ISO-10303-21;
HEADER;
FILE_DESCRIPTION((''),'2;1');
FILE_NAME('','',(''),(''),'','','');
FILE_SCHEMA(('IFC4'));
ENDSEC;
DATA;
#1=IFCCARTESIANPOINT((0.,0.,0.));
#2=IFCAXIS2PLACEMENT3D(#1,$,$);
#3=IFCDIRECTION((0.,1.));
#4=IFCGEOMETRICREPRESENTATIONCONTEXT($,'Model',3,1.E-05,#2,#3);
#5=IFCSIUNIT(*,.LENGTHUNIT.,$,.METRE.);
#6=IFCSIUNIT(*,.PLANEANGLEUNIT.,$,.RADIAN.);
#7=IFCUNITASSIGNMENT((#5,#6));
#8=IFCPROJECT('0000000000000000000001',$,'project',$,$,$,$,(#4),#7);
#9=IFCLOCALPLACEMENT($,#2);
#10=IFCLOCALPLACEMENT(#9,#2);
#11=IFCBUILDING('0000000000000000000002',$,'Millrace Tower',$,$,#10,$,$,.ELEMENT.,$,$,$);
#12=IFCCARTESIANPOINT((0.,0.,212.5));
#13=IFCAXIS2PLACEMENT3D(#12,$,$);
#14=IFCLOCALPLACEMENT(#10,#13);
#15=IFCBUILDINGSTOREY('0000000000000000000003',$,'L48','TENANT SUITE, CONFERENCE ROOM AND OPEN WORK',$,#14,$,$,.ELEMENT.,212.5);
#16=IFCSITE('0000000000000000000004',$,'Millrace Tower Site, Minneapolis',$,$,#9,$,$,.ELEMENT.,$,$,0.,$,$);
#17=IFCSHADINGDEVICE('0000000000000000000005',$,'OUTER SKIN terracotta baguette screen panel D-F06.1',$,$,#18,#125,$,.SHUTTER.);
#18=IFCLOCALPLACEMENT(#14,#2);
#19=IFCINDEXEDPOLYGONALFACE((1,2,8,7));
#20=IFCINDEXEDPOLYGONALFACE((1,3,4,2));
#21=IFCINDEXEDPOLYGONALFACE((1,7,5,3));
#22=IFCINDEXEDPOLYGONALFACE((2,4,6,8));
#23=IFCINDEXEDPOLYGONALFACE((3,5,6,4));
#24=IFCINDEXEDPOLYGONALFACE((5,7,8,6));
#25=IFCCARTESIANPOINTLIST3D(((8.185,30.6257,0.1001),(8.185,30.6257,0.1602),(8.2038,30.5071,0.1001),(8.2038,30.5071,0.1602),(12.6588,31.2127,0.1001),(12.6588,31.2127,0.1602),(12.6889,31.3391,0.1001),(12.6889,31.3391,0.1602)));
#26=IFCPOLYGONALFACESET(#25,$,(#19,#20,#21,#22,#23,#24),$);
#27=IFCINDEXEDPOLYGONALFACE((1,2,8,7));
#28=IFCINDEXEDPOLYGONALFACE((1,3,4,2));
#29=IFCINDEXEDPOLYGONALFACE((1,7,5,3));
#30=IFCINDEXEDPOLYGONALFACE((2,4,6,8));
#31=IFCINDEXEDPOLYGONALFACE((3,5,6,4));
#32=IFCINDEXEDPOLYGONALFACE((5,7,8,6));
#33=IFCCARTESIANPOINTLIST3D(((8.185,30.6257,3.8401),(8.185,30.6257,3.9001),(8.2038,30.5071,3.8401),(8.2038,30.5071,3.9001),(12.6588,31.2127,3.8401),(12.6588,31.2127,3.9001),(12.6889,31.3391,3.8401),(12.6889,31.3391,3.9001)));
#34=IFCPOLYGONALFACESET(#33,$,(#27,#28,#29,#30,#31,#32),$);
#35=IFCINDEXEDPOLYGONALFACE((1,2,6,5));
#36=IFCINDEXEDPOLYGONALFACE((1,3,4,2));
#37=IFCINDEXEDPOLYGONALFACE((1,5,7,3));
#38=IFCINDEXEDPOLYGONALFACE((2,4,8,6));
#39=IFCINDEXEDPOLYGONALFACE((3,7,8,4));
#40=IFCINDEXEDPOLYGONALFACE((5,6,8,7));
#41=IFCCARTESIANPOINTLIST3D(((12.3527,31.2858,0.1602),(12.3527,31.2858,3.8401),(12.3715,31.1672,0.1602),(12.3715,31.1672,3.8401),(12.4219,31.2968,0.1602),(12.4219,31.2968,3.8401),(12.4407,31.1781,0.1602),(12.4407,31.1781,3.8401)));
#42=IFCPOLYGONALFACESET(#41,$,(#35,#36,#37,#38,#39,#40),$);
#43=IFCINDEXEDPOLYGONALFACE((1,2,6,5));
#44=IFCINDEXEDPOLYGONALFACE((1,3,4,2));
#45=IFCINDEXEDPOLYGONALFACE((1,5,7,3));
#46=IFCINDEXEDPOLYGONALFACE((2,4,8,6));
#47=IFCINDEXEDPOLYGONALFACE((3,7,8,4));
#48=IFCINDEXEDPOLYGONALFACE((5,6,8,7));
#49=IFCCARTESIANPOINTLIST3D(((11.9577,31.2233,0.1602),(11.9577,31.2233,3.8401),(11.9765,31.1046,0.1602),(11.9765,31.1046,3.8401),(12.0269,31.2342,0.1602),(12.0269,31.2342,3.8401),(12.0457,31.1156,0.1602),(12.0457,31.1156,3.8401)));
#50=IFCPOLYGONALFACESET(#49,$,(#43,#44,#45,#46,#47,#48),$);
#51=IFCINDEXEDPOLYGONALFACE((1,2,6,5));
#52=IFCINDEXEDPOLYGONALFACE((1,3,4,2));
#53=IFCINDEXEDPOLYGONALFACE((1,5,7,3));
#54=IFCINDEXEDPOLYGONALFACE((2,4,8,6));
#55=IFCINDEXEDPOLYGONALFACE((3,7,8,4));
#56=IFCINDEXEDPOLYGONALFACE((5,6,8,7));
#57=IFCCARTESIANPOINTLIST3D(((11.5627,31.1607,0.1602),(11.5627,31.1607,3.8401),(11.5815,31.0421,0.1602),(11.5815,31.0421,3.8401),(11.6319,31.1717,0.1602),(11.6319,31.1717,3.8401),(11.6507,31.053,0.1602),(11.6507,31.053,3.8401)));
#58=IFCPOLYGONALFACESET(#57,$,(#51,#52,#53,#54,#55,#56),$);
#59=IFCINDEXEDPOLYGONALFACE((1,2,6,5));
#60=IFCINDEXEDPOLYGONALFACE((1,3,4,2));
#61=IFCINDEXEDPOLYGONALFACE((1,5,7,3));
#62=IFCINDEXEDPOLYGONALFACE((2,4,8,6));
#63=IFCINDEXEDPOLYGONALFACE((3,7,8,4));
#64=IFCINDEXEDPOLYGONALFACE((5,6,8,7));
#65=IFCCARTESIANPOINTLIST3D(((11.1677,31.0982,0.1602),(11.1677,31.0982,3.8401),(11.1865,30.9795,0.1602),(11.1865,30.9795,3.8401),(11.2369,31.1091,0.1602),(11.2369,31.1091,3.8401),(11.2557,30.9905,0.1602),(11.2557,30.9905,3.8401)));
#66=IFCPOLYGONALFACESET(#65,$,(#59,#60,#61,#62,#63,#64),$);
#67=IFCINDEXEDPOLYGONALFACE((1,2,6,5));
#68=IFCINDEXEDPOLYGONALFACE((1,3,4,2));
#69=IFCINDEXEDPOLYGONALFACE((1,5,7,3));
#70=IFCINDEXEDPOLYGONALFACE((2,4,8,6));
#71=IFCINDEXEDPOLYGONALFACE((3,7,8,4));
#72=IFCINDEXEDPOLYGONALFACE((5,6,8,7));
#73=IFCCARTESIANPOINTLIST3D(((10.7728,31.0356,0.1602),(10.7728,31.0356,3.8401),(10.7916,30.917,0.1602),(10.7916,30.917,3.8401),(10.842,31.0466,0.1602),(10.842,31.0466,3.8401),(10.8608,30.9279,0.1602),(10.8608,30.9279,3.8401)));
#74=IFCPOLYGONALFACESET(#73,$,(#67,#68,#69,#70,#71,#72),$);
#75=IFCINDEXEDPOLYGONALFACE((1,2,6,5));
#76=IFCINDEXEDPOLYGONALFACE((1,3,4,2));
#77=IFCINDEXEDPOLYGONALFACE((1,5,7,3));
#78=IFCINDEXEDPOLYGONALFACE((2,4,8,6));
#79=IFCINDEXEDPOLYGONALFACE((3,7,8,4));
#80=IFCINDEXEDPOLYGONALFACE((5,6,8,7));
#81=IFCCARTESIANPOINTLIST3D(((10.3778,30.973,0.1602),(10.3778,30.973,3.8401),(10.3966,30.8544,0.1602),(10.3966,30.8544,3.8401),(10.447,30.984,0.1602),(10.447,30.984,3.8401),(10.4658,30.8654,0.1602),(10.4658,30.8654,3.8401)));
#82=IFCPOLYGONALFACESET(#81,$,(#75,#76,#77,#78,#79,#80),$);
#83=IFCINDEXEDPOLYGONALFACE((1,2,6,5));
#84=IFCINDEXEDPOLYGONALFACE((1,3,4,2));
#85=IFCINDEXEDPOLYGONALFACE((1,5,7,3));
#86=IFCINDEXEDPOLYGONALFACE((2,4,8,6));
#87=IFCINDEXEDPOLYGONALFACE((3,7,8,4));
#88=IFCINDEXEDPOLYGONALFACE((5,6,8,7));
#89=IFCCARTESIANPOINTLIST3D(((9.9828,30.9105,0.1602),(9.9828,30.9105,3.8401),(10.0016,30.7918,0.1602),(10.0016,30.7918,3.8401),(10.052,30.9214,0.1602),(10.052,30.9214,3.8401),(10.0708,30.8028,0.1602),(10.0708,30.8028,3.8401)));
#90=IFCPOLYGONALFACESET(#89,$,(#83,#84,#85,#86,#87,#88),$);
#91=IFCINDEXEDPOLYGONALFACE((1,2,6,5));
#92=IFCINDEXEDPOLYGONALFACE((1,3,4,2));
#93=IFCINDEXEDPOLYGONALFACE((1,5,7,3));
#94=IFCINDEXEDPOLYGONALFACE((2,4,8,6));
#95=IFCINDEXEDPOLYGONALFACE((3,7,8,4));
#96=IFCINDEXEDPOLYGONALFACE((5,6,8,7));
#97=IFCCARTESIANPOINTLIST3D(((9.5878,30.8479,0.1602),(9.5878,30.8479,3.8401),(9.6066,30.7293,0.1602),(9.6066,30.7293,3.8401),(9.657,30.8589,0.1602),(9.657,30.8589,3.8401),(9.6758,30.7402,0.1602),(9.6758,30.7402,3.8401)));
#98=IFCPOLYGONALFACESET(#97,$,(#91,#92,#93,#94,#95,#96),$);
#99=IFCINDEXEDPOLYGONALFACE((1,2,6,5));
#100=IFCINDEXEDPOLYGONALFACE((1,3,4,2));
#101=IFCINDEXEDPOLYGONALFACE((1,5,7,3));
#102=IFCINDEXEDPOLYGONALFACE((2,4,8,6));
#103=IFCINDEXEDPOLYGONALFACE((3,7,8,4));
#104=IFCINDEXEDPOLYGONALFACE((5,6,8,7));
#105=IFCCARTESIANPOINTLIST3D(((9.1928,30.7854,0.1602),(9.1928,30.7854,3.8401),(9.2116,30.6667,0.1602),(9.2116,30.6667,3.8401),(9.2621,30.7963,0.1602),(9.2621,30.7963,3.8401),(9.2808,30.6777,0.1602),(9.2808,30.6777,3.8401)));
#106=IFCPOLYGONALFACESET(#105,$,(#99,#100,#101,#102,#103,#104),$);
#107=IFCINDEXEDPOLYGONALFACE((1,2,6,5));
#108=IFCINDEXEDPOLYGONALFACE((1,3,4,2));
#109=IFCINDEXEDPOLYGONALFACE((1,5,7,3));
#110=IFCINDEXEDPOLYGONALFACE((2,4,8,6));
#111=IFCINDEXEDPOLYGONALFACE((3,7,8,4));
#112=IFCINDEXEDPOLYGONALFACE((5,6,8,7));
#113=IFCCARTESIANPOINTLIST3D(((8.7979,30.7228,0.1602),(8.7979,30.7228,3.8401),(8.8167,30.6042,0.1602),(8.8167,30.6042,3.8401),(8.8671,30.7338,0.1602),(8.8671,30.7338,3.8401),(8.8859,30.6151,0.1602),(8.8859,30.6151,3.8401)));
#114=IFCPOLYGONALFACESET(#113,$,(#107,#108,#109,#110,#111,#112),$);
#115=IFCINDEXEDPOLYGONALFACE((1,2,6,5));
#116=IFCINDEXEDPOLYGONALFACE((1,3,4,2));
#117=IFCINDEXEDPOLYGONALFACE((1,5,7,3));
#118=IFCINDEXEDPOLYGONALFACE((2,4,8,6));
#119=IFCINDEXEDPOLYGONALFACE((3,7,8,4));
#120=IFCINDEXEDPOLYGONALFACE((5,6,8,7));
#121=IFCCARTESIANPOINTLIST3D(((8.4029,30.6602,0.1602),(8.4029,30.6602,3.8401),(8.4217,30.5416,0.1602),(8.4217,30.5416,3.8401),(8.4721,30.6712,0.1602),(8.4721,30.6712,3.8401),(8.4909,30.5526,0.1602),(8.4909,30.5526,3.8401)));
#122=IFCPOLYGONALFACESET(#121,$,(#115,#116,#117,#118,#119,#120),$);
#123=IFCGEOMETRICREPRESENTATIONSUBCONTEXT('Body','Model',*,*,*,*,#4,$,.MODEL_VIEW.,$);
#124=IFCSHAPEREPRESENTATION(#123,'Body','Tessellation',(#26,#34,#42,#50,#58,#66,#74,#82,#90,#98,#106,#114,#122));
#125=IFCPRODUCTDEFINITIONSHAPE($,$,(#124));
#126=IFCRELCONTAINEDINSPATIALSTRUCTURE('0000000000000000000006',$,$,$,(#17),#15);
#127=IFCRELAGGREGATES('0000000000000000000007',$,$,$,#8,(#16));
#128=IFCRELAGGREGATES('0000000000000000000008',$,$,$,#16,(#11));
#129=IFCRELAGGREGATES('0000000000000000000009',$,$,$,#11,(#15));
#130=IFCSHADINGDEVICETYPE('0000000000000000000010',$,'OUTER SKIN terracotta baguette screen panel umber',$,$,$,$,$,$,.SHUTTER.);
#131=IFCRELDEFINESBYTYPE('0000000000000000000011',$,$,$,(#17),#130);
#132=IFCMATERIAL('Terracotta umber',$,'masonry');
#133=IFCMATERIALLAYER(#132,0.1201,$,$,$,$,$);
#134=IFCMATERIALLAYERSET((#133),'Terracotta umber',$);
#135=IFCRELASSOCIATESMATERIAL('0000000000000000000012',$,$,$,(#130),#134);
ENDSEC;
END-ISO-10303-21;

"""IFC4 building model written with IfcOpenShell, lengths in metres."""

from ifc_helpers import new_model, entity, si_unit, direction, frame, frame_2d, origin, place, context, subcontext, project, spatial, rectangle, extrude, source, transform, mapped, material, layer, layer_set, type_object, element, save


model = new_model("IFC4")

# Units and contexts
model_context = context("Model", 3, precision=1e-05, world=origin(), true_north=direction((0.0, 1.0)))
body_context = subcontext(model_context, "Body", "Model", "MODEL_VIEW")
ifc_project = project(units=[si_unit("LENGTHUNIT", "METRE"), si_unit("PLANEANGLEUNIT", "RADIAN")], contexts=[model_context])

# Site, building, storey
site_placement = place(None, origin())
site = spatial("IfcSite", under=ifc_project, at=site_placement, Name="Millrace Tower Site, Minneapolis", CompositionType="ELEMENT", RefElevation=0.0)
building_placement = place(site_placement, origin())
building = spatial("IfcBuilding", under=site, at=building_placement, Name="Millrace Tower", CompositionType="ELEMENT")
storey_placement = place(building_placement, frame((0.0, 0.0, 212.5)))
storey = spatial("IfcBuildingStorey", under=building, at=storey_placement, Name="L48", Description="TENANT SUITE, CONFERENCE ROOM AND OPEN WORK", CompositionType="ELEMENT", Elevation=212.5)

# Shading device
ifc_material_1 = material(Name="Terracotta umber", Category="masonry")
ifc_layer_1 = layer(ifc_material_1, 0.1201)
ifc_layer_set_1 = layer_set([ifc_layer_1], Name="Terracotta umber")
shading_device_type = type_object("IfcShadingDeviceType", Name="OUTER SKIN terracotta baguette screen panel umber", PredefinedType="SHUTTER", material=ifc_layer_set_1)
cartesian_point_1 = entity("IfcCartesianPoint", [-2.2429, 0.0601])
shared_polyline_1 = entity("IfcPolyline", [cartesian_point_1, entity("IfcCartesianPoint", [2.2676, 0.0601]), entity("IfcCartesianPoint", [2.2676, -0.0601]), entity("IfcCartesianPoint", [-2.2925, -0.0601]), cartesian_point_1])
shared_shape_1 = source(origin(), body_context, "Body", "SweptSolid", [
    entity("IfcExtrudedAreaSolid", entity("IfcArbitraryClosedProfileDef", "AREA", None, shared_polyline_1), entity("IfcAxis2Placement3D", entity("IfcCartesianPoint", [0.0, 0.0, 0.0])), entity("IfcDirection", [0.0, 0.0, 1.0]), 0.0601),
    entity("IfcExtrudedAreaSolid", entity("IfcArbitraryClosedProfileDef", "AREA", None, shared_polyline_1), entity("IfcAxis2Placement3D", entity("IfcCartesianPoint", [0.0, 0.0, 3.74])), entity("IfcDirection", [0.0, 0.0, 1.0]), 0.0601),
    extrude(rectangle(XDim=0.0701, YDim=0.1201, at=frame_2d((-1.9871, 0.0))), frame((0.0, 0.0, 0.0601)), (0.0, 0.0, 1.0), 3.6799),
    extrude(rectangle(XDim=0.0701, YDim=0.1201, at=frame_2d((-1.5872, 0.0))), frame((0.0, 0.0, 0.0601)), (0.0, 0.0, 1.0), 3.6799),
    extrude(rectangle(XDim=0.0701, YDim=0.1201, at=frame_2d((-1.1873, 0.0))), frame((0.0, 0.0, 0.0601)), (0.0, 0.0, 1.0), 3.6799),
    extrude(rectangle(XDim=0.0701, YDim=0.1201, at=frame_2d((-0.7874, 0.0))), frame((0.0, 0.0, 0.0601)), (0.0, 0.0, 1.0), 3.6799),
    extrude(rectangle(XDim=0.0701, YDim=0.1201, at=frame_2d((-0.3875, 0.0))), frame((0.0, 0.0, 0.0601)), (0.0, 0.0, 1.0), 3.6799),
    extrude(rectangle(XDim=0.0701, YDim=0.1201, at=frame_2d((0.0125, 0.0))), frame((0.0, 0.0, 0.0601)), (0.0, 0.0, 1.0), 3.6799),
    extrude(rectangle(XDim=0.0701, YDim=0.1201, at=frame_2d((0.4124, 0.0))), frame((0.0, 0.0, 0.0601)), (0.0, 0.0, 1.0), 3.6799),
    extrude(rectangle(XDim=0.0701, YDim=0.1201, at=frame_2d((0.8123, 0.0))), frame((0.0, 0.0, 0.0601)), (0.0, 0.0, 1.0), 3.6799),
    extrude(rectangle(XDim=0.0701, YDim=0.1201, at=frame_2d((1.2122, 0.0))), frame((0.0, 0.0, 0.0601)), (0.0, 0.0, 1.0), 3.6799),
    extrude(rectangle(XDim=0.0701, YDim=0.1201, at=frame_2d((1.6121, 0.0))), frame((0.0, 0.0, 0.0601)), (0.0, 0.0, 1.0), 3.6799),
    extrude(rectangle(XDim=0.0701, YDim=0.1201, at=frame_2d((2.012, 0.0))), frame((0.0, 0.0, 0.0601)), (0.0, 0.0, 1.0), 3.6799),
])
shading_device_1_placement = place(storey_placement, frame((10.4341, 30.9211, 0.1001), z_axis=(0.0, 0.0, 1.0), x_axis=(-0.987688, -0.156434, 0.0)))
element("IfcShadingDevice", 1, at=shading_device_1_placement, inside=storey, type_object=shading_device_type, Name="OUTER SKIN terracotta baguette screen panel D-F06.1", PredefinedType="SHUTTER", context=body_context, shape_type="MappedRepresentation", body=[
    mapped(shared_shape_1, transform((0.0, 0.0, 0.0), scale=1.0)),
])

save(model, "model.ifc")
